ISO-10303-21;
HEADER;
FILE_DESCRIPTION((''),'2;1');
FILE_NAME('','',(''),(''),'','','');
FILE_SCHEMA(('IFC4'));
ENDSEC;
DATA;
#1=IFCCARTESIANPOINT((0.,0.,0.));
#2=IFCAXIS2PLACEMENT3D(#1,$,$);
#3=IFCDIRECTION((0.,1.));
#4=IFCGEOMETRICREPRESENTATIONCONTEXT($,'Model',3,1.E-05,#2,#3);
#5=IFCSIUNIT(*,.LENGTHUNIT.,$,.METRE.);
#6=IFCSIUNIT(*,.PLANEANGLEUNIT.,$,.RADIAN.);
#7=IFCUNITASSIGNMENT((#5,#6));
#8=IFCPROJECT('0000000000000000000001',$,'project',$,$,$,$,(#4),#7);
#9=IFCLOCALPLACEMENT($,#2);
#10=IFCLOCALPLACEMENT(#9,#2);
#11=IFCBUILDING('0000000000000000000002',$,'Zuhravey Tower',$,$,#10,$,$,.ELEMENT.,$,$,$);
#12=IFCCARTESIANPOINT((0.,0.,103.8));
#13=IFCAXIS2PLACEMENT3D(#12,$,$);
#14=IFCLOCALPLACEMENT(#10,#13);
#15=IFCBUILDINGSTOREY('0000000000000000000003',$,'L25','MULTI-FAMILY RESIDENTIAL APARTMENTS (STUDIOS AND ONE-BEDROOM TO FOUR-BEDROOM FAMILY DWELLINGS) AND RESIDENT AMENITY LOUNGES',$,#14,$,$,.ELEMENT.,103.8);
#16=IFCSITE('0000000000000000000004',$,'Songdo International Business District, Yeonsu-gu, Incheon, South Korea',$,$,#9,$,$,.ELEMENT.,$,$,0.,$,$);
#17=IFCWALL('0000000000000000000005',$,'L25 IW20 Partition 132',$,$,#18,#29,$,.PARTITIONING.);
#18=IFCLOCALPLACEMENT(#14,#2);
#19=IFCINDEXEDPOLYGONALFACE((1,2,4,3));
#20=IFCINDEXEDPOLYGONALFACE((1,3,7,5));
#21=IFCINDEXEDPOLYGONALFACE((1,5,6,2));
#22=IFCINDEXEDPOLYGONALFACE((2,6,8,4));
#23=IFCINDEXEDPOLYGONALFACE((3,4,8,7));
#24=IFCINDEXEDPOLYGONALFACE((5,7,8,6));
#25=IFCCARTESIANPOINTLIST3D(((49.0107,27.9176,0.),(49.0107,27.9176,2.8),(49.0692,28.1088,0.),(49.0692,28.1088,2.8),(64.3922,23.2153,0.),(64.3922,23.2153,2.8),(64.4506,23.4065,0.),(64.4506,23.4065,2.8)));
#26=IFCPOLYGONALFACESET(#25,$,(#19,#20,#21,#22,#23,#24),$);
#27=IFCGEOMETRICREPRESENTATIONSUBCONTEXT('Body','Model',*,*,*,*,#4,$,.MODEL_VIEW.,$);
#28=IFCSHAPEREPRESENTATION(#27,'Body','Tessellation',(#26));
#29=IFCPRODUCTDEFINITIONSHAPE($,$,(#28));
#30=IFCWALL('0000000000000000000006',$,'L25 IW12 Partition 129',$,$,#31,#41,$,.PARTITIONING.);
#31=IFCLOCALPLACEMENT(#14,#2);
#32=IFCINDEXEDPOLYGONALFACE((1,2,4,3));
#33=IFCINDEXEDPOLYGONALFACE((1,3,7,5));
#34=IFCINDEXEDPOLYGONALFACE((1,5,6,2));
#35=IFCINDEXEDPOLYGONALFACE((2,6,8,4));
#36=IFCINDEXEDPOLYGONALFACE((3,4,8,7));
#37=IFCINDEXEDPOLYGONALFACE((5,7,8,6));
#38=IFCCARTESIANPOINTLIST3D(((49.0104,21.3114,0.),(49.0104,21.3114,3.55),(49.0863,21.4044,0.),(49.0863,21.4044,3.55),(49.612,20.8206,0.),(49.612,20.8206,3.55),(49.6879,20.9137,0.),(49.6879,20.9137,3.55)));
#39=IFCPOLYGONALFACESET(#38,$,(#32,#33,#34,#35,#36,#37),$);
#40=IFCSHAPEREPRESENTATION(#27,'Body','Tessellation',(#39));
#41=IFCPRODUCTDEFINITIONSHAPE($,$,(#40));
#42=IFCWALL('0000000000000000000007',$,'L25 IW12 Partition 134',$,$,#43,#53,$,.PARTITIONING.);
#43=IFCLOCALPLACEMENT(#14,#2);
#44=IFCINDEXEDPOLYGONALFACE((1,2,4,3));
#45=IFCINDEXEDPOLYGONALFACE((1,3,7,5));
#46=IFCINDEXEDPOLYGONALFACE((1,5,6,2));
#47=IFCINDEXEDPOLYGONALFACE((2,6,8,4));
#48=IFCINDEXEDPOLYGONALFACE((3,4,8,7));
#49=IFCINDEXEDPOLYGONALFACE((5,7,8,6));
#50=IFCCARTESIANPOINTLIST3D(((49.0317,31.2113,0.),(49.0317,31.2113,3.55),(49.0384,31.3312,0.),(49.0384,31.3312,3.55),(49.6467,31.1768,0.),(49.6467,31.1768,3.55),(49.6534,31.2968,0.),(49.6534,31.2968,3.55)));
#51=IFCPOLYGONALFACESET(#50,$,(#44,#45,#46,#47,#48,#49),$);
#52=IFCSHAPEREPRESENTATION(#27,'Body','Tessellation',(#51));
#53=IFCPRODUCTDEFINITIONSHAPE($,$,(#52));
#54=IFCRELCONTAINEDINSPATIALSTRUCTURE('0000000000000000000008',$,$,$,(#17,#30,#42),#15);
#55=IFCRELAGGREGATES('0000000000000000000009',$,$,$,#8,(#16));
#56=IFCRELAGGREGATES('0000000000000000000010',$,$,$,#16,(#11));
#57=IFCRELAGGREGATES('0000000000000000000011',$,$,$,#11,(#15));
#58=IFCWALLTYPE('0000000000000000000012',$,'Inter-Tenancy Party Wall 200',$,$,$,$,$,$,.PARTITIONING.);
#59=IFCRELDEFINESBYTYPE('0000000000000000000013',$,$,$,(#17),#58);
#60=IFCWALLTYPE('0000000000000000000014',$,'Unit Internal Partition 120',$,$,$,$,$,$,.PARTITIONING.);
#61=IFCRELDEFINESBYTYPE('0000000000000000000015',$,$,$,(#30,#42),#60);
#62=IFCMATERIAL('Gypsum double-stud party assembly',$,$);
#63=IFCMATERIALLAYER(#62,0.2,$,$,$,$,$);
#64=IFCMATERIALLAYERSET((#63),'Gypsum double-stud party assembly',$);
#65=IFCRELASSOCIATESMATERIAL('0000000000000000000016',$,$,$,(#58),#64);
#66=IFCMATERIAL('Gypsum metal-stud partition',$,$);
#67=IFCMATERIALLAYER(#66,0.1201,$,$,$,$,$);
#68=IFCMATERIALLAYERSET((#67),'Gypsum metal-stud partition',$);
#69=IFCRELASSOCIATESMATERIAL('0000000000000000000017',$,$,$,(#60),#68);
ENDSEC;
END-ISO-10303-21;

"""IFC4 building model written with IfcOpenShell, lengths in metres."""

from ifc_helpers import new_model, si_unit, direction, frame, frame_2d, origin, place, context, subcontext, project, spatial, rectangle, extrude, material, layer, layer_set, type_object, element, save


model = new_model("IFC4")

# Units and contexts
model_context = context("Model", 3, precision=1e-05, world=origin(), true_north=direction((0.0, 1.0)))
body_context = subcontext(model_context, "Body", "Model", "MODEL_VIEW")
ifc_project = project(units=[si_unit("LENGTHUNIT", "METRE"), si_unit("PLANEANGLEUNIT", "RADIAN")], contexts=[model_context])

# Site, building, storey
site_placement = place(None, origin())
site = spatial("IfcSite", under=ifc_project, at=site_placement, Name="Songdo International Business District, Yeonsu-gu, Incheon, South Korea", CompositionType="ELEMENT", RefElevation=0.0)
building_placement = place(site_placement, origin())
building = spatial("IfcBuilding", under=site, at=building_placement, Name="Zuhravey Tower", CompositionType="ELEMENT")
storey_placement = place(building_placement, frame((0.0, 0.0, 103.8)))
storey = spatial("IfcBuildingStorey", under=building, at=storey_placement, Name="L25", Description="MULTI-FAMILY RESIDENTIAL APARTMENTS (STUDIOS AND ONE-BEDROOM TO FOUR-BEDROOM FAMILY DWELLINGS) AND RESIDENT AMENITY LOUNGES", CompositionType="ELEMENT", Elevation=103.8)

# Walls
ifc_material_1 = material(Name="Gypsum double-stud party assembly")
ifc_layer_1 = layer(ifc_material_1, 0.2)
ifc_layer_set_1 = layer_set([ifc_layer_1], Name="Gypsum double-stud party assembly")
wall_type_1 = type_object("IfcWallType", Name="Inter-Tenancy Party Wall 200", PredefinedType="PARTITIONING", material=ifc_layer_set_1)
wall_1_placement = place(storey_placement, frame((49.04, 28.0132, 0.0), z_axis=(0.0, 0.0, 1.0), x_axis=(0.956309, -0.292359, 0.0)))
element("IfcWall", 1, at=wall_1_placement, inside=storey, type_object=wall_type_1, Name="L25 IW20 Partition 132", PredefinedType="PARTITIONING", context=body_context, shape_type="SweptSolid", body=[
    extrude(rectangle(XDim=16.0842, YDim=0.2, at=frame_2d((8.042, 0.0))), origin(), (0.0, 0.0, 1.0), 2.8),
])
ifc_material_2 = material(Name="Gypsum metal-stud partition")
ifc_layer_2 = layer(ifc_material_2, 0.1201)
ifc_layer_set_2 = layer_set([ifc_layer_2], Name="Gypsum metal-stud partition")
wall_type_2 = type_object("IfcWallType", Name="Unit Internal Partition 120", PredefinedType="PARTITIONING", material=ifc_layer_set_2)
wall_2_placement = place(storey_placement, frame((49.0483, 21.3579, 0.0), z_axis=(0.0, 0.0, 1.0), x_axis=(0.774881, -0.632107, 0.0)))
element("IfcWall", 2, at=wall_2_placement, inside=storey, type_object=wall_type_2, Name="L25 IW12 Partition 129", PredefinedType="PARTITIONING", context=body_context, shape_type="SweptSolid", body=[
    extrude(rectangle(XDim=0.7764, YDim=0.1201, at=frame_2d((0.3882, 0.0))), origin(), (0.0, 0.0, 1.0), 3.55),
])
wall_3_placement = place(storey_placement, frame((49.0349, 31.2712, 0.0), z_axis=(0.0, 0.0, 1.0), x_axis=(0.998437, -0.055887, 0.0)))
element("IfcWall", 3, at=wall_3_placement, inside=storey, type_object=wall_type_2, Name="L25 IW12 Partition 134", PredefinedType="PARTITIONING", context=body_context, shape_type="SweptSolid", body=[
    extrude(rectangle(XDim=0.616, YDim=0.1201, at=frame_2d((0.3081, 0.0))), origin(), (0.0, 0.0, 1.0), 3.55),
])

save(model, "model.ifc")
